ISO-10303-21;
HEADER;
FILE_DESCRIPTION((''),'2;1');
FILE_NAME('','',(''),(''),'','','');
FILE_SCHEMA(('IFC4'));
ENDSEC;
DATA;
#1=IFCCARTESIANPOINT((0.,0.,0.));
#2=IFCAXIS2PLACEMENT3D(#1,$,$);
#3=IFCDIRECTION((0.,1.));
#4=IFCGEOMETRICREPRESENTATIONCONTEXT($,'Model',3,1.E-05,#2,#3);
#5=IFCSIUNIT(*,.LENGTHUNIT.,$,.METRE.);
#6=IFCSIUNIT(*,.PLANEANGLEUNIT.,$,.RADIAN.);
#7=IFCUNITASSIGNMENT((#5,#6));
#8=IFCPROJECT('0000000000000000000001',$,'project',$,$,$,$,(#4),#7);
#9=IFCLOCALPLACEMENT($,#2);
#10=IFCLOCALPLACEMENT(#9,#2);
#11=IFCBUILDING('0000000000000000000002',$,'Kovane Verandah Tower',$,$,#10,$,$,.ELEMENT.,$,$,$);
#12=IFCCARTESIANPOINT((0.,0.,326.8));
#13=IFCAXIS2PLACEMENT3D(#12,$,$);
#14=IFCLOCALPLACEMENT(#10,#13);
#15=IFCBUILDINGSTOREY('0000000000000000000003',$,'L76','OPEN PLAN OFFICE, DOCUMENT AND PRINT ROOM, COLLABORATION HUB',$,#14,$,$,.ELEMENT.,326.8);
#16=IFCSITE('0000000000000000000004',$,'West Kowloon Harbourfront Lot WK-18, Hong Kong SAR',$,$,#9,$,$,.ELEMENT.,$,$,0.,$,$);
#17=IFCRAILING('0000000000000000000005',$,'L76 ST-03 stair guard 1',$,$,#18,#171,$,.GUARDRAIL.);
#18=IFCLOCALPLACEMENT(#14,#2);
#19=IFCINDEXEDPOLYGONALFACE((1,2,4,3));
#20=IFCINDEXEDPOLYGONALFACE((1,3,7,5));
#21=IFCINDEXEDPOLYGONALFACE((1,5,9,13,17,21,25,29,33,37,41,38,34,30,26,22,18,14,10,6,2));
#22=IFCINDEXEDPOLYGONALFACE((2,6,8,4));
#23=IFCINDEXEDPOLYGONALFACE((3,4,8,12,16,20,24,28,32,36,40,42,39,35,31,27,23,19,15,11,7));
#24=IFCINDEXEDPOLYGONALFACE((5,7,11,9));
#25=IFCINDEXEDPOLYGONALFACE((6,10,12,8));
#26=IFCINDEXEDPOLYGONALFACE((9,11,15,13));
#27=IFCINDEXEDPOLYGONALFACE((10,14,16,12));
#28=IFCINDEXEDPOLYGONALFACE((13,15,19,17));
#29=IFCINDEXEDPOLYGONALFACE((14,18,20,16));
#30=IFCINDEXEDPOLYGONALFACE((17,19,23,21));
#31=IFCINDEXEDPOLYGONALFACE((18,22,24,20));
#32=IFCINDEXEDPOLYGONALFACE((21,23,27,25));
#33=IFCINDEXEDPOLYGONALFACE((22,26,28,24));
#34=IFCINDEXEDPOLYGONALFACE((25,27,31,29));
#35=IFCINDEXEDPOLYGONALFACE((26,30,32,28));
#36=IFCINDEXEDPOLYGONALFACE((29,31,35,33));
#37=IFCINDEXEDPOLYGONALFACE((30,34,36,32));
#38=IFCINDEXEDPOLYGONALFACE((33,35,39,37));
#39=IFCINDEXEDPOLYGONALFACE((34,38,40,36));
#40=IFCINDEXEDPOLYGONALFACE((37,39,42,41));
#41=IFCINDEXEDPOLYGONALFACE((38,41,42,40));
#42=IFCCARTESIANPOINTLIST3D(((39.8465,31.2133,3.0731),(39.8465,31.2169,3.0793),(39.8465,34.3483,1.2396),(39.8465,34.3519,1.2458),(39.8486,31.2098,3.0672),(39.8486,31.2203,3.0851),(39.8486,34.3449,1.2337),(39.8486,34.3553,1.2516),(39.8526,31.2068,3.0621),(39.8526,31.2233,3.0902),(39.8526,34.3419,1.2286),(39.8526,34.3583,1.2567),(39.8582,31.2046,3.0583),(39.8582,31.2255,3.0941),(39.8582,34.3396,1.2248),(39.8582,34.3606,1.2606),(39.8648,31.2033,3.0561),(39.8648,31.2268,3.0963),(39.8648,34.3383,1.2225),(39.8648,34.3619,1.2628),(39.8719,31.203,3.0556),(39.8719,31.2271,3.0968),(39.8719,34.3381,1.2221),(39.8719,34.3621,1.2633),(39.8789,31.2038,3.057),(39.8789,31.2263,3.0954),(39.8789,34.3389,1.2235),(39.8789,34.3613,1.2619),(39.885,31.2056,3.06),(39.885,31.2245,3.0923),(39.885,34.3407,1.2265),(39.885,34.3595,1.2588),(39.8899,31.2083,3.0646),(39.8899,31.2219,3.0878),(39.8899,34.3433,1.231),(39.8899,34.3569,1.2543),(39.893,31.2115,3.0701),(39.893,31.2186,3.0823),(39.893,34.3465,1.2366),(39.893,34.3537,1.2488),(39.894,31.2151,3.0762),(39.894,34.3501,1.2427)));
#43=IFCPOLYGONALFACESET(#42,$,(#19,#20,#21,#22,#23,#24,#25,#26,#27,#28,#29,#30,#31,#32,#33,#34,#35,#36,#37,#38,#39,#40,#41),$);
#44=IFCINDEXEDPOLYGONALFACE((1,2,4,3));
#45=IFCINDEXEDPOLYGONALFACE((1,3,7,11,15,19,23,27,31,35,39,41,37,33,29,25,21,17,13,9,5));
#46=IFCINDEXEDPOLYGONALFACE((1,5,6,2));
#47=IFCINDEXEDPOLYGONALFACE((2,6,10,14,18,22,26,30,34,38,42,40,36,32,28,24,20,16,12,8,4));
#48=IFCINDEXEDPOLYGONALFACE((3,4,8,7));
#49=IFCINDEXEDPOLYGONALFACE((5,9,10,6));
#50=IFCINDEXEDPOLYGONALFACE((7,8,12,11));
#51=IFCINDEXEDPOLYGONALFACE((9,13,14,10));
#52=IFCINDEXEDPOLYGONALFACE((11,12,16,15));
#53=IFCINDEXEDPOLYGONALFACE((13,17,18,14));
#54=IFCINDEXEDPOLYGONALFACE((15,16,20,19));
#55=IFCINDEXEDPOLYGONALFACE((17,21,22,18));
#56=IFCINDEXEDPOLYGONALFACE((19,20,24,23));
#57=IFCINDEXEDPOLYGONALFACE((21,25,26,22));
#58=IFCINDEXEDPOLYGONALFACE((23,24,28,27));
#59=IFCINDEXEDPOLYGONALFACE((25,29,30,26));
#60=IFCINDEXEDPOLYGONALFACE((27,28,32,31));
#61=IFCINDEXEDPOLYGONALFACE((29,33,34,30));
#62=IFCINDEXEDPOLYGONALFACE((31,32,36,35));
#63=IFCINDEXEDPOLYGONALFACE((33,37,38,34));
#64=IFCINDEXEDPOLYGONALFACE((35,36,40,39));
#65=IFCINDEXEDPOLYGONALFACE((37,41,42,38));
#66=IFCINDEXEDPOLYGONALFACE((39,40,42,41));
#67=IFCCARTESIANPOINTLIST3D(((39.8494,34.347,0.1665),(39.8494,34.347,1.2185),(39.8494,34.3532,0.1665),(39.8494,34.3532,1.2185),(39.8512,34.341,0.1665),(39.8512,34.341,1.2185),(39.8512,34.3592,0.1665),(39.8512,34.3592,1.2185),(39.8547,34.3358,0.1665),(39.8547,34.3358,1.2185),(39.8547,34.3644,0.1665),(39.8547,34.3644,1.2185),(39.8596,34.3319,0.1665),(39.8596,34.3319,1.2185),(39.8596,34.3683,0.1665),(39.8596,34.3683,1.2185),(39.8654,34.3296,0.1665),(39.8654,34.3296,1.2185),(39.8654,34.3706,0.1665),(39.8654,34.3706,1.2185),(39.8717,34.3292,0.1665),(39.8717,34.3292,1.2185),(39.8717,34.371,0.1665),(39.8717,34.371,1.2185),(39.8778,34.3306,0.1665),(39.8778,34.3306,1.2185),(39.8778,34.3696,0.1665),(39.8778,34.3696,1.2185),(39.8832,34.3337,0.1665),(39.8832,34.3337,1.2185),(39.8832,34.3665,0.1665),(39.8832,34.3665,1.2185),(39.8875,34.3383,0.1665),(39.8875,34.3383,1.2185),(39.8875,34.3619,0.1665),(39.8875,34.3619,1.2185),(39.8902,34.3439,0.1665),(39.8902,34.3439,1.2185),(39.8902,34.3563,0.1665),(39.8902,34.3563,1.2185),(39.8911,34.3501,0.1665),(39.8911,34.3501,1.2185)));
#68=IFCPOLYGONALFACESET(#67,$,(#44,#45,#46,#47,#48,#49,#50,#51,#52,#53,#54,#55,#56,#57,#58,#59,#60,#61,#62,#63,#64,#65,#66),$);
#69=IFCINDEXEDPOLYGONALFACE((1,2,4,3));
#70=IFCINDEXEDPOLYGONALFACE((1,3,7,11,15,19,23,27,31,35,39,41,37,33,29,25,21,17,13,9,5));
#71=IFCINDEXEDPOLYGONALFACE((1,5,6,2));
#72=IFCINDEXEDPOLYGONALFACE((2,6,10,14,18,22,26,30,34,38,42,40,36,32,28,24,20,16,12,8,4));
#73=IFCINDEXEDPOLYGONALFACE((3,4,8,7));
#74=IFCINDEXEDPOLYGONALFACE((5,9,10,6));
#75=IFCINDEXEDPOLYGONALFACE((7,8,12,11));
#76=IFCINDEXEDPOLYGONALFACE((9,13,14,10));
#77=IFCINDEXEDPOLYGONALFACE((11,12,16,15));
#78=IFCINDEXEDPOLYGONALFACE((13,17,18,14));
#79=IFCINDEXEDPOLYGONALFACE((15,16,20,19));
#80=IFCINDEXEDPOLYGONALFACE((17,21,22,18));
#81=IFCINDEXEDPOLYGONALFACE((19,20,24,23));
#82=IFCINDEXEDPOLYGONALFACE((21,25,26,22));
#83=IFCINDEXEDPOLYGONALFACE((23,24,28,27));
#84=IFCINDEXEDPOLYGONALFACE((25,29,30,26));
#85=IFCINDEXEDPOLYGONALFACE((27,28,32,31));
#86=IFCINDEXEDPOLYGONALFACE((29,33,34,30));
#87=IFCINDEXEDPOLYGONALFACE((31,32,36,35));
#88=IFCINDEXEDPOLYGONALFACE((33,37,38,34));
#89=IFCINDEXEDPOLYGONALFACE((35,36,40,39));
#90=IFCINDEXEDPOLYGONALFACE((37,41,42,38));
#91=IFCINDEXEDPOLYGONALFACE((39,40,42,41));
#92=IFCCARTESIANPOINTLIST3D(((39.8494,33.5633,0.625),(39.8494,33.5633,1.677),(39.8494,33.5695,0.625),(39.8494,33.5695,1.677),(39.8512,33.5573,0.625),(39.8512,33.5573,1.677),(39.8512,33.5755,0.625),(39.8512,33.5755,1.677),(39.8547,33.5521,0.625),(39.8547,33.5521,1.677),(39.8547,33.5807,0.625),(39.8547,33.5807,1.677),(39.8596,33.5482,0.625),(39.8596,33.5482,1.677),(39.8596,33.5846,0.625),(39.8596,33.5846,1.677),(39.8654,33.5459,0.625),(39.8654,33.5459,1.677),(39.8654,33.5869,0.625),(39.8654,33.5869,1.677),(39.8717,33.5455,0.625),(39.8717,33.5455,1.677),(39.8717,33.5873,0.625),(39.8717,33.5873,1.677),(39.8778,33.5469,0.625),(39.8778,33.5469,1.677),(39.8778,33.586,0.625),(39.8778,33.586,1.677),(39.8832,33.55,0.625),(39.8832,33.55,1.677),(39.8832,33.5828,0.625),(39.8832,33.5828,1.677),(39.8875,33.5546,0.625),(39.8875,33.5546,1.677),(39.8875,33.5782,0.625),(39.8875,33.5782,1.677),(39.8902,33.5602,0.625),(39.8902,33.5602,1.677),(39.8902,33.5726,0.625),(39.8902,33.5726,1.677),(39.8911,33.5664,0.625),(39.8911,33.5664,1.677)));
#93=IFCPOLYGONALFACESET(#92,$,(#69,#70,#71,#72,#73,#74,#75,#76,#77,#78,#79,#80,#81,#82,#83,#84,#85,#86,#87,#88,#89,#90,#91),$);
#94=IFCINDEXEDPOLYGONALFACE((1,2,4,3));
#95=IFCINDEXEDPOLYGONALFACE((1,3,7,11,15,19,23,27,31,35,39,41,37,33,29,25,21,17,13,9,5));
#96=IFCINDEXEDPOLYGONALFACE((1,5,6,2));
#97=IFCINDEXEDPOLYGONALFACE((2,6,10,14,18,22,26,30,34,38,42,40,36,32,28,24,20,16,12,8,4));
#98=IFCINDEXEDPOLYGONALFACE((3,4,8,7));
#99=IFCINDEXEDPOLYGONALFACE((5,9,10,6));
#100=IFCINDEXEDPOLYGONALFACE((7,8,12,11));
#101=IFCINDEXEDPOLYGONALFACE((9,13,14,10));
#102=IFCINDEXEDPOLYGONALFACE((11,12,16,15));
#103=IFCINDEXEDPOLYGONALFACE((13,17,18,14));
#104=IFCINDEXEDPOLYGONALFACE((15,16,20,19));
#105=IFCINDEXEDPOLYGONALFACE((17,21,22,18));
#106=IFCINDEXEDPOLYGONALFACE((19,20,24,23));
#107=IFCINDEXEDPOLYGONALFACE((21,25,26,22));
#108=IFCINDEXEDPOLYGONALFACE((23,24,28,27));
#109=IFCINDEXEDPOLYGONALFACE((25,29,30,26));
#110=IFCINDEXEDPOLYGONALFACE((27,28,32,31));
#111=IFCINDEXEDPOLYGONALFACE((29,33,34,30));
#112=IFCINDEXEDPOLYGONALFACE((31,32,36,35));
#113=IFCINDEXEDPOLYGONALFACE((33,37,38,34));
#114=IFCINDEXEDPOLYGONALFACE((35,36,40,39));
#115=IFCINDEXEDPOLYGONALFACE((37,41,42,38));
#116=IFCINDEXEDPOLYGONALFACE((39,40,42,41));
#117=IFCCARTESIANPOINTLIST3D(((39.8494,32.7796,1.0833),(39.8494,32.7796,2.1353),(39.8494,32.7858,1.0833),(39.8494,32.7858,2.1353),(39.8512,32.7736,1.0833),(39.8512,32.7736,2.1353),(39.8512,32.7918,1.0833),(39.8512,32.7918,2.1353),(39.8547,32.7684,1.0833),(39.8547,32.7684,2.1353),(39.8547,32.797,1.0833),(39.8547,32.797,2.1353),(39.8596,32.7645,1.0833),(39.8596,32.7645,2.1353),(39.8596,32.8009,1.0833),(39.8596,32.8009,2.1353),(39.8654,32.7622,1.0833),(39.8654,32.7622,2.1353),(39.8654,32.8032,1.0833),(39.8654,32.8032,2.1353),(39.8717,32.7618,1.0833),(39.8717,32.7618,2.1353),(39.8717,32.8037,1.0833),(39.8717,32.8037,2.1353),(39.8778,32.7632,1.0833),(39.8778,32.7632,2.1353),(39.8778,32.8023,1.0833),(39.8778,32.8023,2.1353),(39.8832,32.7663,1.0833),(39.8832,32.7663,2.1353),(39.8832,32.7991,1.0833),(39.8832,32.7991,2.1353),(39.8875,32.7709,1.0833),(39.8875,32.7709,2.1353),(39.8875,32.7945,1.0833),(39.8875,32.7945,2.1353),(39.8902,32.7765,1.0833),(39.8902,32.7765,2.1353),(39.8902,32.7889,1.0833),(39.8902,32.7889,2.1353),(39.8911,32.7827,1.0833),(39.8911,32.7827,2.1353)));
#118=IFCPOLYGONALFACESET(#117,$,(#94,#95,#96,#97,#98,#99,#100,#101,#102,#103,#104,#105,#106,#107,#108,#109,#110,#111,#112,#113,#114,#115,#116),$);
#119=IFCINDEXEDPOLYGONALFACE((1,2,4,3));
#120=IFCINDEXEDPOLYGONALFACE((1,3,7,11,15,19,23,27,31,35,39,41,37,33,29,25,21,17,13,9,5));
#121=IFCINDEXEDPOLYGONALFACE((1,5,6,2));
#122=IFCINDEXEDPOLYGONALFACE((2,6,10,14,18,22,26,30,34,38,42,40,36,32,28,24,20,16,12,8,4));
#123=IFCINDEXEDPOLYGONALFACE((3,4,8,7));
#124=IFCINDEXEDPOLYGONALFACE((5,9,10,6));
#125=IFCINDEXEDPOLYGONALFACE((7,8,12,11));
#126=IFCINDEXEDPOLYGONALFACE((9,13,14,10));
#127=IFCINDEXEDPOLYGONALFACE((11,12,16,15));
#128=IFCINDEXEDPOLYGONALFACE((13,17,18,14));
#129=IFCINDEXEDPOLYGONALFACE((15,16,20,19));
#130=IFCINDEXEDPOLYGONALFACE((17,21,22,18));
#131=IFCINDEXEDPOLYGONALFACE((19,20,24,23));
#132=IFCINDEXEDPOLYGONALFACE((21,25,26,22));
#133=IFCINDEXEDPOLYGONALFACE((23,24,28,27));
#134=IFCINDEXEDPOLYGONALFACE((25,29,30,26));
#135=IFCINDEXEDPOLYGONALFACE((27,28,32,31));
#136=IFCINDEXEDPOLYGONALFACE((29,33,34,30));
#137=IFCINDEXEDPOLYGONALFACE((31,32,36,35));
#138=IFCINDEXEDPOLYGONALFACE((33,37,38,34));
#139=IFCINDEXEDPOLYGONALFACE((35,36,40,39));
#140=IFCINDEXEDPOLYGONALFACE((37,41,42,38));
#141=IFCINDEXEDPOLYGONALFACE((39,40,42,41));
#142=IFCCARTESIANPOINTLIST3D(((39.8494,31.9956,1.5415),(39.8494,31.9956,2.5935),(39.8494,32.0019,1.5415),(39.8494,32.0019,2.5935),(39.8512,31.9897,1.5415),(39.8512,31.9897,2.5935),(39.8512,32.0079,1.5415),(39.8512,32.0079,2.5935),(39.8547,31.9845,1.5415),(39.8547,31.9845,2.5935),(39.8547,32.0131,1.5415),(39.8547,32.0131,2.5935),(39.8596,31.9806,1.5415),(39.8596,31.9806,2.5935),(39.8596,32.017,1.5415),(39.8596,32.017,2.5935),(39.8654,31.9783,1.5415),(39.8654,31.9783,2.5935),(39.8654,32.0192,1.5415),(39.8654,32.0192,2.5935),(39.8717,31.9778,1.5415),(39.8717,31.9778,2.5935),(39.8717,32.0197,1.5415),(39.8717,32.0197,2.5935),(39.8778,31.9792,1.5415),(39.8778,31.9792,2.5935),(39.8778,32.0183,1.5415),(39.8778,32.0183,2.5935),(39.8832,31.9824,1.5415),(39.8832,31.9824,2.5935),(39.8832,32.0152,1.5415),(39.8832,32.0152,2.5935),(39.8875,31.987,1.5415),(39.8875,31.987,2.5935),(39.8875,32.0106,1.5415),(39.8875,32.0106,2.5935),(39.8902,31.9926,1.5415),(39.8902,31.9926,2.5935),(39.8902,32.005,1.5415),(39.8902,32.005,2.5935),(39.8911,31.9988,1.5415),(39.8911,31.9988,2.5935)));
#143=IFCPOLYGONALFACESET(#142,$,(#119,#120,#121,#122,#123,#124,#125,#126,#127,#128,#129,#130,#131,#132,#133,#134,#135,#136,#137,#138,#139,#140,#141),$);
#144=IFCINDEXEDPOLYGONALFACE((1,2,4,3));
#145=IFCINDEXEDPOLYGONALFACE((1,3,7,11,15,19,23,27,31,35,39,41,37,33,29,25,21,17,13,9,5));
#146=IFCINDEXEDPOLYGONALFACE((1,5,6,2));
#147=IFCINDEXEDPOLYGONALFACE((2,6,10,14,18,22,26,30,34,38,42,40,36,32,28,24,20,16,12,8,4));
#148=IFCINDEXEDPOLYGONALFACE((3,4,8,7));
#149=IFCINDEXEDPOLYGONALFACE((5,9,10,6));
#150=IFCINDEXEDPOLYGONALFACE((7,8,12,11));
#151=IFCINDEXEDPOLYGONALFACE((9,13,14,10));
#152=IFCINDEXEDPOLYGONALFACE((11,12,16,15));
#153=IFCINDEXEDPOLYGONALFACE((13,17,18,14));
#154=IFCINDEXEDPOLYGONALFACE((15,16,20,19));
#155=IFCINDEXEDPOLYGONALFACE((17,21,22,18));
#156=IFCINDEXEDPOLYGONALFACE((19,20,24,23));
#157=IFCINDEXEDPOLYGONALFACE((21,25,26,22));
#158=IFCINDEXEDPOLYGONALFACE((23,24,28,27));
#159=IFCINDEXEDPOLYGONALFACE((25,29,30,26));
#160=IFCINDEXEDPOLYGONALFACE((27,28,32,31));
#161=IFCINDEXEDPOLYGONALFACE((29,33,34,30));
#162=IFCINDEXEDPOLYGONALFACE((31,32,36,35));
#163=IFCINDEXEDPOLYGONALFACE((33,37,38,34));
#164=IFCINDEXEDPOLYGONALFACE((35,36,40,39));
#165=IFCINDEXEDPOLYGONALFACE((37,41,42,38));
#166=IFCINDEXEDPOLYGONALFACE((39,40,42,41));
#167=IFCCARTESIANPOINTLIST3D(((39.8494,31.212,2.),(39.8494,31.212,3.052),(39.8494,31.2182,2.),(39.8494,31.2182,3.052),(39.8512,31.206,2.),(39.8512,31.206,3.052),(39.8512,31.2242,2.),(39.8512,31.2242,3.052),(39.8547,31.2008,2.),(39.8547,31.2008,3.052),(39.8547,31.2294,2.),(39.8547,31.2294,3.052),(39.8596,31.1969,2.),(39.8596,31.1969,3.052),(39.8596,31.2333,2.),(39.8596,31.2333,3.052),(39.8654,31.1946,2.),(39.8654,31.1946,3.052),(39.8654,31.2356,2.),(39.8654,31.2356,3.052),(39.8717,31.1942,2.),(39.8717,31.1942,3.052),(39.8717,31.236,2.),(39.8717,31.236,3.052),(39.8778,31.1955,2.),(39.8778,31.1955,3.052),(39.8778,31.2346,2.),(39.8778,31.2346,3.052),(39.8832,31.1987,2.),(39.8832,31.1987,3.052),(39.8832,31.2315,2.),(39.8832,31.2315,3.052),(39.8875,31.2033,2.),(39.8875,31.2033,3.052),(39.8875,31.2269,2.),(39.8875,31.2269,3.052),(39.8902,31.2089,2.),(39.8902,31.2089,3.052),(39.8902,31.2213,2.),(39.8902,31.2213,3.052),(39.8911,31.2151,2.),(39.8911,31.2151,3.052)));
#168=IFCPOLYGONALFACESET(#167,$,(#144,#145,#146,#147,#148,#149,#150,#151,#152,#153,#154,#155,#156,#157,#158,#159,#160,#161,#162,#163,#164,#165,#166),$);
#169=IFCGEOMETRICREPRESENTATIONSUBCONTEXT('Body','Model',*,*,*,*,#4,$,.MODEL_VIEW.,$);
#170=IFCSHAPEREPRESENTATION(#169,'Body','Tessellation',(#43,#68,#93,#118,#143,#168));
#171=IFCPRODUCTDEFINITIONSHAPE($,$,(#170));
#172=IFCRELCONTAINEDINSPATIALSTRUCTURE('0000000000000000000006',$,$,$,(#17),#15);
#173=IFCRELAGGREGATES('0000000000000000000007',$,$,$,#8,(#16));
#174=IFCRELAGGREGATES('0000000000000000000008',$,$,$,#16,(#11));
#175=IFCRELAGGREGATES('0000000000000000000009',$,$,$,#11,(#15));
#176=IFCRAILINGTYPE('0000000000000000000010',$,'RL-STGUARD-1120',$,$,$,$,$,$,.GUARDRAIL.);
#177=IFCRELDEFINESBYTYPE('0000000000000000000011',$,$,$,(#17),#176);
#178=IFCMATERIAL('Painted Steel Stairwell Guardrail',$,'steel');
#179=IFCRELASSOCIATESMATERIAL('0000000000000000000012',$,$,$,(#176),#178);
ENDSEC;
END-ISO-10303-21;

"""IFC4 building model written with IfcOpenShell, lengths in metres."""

from ifc_helpers import new_model, si_unit, direction, frame, origin, origin_2d, place, context, subcontext, project, spatial, circle, extrude, material, type_object, element, save


model = new_model("IFC4")

# Units and contexts
model_context = context("Model", 3, precision=1e-05, world=origin(), true_north=direction((0.0, 1.0)))
body_context = subcontext(model_context, "Body", "Model", "MODEL_VIEW")
ifc_project = project(units=[si_unit("LENGTHUNIT", "METRE"), si_unit("PLANEANGLEUNIT", "RADIAN")], contexts=[model_context])

# Site, building, storey
site_placement = place(None, origin())
site = spatial("IfcSite", under=ifc_project, at=site_placement, Name="West Kowloon Harbourfront Lot WK-18, Hong Kong SAR", CompositionType="ELEMENT", RefElevation=0.0)
building_placement = place(site_placement, origin())
building = spatial("IfcBuilding", under=site, at=building_placement, Name="Kovane Verandah Tower", CompositionType="ELEMENT")
storey_placement = place(building_placement, frame((0.0, 0.0, 326.8)))
storey = spatial("IfcBuildingStorey", under=building, at=storey_placement, Name="L76", Description="OPEN PLAN OFFICE, DOCUMENT AND PRINT ROOM, COLLABORATION HUB", CompositionType="ELEMENT", Elevation=326.8)

# Railing
ifc_material_1 = material(Name="Painted Steel Stairwell Guardrail", Category="steel")
railing_type = type_object("IfcRailingType", Name="RL-STGUARD-1120", PredefinedType="GUARDRAIL", material=ifc_material_1)
railing_1_placement = place(storey_placement, frame((39.8701, 34.3501, 0.1665)))
element("IfcRailing", 1, at=railing_1_placement, inside=storey, type_object=railing_type, Name="L76 ST-03 stair guard 1", PredefinedType="GUARDRAIL", context=body_context, shape_type="SweptSolid", body=[
    extrude(circle(Radius=0.0239, at=origin_2d()), frame((0.0, 0.0, 1.0762), z_axis=(0.0, -0.86321, 0.504845), x_axis=(1.0, 0.0, 0.0)), (0.0, 0.0, 1.0), 3.6318),
    extrude(circle(Radius=0.021, at=origin_2d()), origin(), (0.0, 0.0, 1.0), 1.052),
    extrude(circle(Radius=0.021, at=origin_2d()), frame((0.0, -0.7837, 0.4585)), (0.0, 0.0, 1.0), 1.052),
    extrude(circle(Radius=0.021, at=origin_2d()), frame((0.0, -1.5674, 0.9167)), (0.0, 0.0, 1.0), 1.052),
    extrude(circle(Radius=0.021, at=origin_2d()), frame((0.0, -2.3513, 1.375)), (0.0, 0.0, 1.0), 1.052),
    extrude(circle(Radius=0.021, at=origin_2d()), frame((0.0, -3.135, 1.8335)), (0.0, 0.0, 1.0), 1.052),
])

save(model, "model.ifc")
